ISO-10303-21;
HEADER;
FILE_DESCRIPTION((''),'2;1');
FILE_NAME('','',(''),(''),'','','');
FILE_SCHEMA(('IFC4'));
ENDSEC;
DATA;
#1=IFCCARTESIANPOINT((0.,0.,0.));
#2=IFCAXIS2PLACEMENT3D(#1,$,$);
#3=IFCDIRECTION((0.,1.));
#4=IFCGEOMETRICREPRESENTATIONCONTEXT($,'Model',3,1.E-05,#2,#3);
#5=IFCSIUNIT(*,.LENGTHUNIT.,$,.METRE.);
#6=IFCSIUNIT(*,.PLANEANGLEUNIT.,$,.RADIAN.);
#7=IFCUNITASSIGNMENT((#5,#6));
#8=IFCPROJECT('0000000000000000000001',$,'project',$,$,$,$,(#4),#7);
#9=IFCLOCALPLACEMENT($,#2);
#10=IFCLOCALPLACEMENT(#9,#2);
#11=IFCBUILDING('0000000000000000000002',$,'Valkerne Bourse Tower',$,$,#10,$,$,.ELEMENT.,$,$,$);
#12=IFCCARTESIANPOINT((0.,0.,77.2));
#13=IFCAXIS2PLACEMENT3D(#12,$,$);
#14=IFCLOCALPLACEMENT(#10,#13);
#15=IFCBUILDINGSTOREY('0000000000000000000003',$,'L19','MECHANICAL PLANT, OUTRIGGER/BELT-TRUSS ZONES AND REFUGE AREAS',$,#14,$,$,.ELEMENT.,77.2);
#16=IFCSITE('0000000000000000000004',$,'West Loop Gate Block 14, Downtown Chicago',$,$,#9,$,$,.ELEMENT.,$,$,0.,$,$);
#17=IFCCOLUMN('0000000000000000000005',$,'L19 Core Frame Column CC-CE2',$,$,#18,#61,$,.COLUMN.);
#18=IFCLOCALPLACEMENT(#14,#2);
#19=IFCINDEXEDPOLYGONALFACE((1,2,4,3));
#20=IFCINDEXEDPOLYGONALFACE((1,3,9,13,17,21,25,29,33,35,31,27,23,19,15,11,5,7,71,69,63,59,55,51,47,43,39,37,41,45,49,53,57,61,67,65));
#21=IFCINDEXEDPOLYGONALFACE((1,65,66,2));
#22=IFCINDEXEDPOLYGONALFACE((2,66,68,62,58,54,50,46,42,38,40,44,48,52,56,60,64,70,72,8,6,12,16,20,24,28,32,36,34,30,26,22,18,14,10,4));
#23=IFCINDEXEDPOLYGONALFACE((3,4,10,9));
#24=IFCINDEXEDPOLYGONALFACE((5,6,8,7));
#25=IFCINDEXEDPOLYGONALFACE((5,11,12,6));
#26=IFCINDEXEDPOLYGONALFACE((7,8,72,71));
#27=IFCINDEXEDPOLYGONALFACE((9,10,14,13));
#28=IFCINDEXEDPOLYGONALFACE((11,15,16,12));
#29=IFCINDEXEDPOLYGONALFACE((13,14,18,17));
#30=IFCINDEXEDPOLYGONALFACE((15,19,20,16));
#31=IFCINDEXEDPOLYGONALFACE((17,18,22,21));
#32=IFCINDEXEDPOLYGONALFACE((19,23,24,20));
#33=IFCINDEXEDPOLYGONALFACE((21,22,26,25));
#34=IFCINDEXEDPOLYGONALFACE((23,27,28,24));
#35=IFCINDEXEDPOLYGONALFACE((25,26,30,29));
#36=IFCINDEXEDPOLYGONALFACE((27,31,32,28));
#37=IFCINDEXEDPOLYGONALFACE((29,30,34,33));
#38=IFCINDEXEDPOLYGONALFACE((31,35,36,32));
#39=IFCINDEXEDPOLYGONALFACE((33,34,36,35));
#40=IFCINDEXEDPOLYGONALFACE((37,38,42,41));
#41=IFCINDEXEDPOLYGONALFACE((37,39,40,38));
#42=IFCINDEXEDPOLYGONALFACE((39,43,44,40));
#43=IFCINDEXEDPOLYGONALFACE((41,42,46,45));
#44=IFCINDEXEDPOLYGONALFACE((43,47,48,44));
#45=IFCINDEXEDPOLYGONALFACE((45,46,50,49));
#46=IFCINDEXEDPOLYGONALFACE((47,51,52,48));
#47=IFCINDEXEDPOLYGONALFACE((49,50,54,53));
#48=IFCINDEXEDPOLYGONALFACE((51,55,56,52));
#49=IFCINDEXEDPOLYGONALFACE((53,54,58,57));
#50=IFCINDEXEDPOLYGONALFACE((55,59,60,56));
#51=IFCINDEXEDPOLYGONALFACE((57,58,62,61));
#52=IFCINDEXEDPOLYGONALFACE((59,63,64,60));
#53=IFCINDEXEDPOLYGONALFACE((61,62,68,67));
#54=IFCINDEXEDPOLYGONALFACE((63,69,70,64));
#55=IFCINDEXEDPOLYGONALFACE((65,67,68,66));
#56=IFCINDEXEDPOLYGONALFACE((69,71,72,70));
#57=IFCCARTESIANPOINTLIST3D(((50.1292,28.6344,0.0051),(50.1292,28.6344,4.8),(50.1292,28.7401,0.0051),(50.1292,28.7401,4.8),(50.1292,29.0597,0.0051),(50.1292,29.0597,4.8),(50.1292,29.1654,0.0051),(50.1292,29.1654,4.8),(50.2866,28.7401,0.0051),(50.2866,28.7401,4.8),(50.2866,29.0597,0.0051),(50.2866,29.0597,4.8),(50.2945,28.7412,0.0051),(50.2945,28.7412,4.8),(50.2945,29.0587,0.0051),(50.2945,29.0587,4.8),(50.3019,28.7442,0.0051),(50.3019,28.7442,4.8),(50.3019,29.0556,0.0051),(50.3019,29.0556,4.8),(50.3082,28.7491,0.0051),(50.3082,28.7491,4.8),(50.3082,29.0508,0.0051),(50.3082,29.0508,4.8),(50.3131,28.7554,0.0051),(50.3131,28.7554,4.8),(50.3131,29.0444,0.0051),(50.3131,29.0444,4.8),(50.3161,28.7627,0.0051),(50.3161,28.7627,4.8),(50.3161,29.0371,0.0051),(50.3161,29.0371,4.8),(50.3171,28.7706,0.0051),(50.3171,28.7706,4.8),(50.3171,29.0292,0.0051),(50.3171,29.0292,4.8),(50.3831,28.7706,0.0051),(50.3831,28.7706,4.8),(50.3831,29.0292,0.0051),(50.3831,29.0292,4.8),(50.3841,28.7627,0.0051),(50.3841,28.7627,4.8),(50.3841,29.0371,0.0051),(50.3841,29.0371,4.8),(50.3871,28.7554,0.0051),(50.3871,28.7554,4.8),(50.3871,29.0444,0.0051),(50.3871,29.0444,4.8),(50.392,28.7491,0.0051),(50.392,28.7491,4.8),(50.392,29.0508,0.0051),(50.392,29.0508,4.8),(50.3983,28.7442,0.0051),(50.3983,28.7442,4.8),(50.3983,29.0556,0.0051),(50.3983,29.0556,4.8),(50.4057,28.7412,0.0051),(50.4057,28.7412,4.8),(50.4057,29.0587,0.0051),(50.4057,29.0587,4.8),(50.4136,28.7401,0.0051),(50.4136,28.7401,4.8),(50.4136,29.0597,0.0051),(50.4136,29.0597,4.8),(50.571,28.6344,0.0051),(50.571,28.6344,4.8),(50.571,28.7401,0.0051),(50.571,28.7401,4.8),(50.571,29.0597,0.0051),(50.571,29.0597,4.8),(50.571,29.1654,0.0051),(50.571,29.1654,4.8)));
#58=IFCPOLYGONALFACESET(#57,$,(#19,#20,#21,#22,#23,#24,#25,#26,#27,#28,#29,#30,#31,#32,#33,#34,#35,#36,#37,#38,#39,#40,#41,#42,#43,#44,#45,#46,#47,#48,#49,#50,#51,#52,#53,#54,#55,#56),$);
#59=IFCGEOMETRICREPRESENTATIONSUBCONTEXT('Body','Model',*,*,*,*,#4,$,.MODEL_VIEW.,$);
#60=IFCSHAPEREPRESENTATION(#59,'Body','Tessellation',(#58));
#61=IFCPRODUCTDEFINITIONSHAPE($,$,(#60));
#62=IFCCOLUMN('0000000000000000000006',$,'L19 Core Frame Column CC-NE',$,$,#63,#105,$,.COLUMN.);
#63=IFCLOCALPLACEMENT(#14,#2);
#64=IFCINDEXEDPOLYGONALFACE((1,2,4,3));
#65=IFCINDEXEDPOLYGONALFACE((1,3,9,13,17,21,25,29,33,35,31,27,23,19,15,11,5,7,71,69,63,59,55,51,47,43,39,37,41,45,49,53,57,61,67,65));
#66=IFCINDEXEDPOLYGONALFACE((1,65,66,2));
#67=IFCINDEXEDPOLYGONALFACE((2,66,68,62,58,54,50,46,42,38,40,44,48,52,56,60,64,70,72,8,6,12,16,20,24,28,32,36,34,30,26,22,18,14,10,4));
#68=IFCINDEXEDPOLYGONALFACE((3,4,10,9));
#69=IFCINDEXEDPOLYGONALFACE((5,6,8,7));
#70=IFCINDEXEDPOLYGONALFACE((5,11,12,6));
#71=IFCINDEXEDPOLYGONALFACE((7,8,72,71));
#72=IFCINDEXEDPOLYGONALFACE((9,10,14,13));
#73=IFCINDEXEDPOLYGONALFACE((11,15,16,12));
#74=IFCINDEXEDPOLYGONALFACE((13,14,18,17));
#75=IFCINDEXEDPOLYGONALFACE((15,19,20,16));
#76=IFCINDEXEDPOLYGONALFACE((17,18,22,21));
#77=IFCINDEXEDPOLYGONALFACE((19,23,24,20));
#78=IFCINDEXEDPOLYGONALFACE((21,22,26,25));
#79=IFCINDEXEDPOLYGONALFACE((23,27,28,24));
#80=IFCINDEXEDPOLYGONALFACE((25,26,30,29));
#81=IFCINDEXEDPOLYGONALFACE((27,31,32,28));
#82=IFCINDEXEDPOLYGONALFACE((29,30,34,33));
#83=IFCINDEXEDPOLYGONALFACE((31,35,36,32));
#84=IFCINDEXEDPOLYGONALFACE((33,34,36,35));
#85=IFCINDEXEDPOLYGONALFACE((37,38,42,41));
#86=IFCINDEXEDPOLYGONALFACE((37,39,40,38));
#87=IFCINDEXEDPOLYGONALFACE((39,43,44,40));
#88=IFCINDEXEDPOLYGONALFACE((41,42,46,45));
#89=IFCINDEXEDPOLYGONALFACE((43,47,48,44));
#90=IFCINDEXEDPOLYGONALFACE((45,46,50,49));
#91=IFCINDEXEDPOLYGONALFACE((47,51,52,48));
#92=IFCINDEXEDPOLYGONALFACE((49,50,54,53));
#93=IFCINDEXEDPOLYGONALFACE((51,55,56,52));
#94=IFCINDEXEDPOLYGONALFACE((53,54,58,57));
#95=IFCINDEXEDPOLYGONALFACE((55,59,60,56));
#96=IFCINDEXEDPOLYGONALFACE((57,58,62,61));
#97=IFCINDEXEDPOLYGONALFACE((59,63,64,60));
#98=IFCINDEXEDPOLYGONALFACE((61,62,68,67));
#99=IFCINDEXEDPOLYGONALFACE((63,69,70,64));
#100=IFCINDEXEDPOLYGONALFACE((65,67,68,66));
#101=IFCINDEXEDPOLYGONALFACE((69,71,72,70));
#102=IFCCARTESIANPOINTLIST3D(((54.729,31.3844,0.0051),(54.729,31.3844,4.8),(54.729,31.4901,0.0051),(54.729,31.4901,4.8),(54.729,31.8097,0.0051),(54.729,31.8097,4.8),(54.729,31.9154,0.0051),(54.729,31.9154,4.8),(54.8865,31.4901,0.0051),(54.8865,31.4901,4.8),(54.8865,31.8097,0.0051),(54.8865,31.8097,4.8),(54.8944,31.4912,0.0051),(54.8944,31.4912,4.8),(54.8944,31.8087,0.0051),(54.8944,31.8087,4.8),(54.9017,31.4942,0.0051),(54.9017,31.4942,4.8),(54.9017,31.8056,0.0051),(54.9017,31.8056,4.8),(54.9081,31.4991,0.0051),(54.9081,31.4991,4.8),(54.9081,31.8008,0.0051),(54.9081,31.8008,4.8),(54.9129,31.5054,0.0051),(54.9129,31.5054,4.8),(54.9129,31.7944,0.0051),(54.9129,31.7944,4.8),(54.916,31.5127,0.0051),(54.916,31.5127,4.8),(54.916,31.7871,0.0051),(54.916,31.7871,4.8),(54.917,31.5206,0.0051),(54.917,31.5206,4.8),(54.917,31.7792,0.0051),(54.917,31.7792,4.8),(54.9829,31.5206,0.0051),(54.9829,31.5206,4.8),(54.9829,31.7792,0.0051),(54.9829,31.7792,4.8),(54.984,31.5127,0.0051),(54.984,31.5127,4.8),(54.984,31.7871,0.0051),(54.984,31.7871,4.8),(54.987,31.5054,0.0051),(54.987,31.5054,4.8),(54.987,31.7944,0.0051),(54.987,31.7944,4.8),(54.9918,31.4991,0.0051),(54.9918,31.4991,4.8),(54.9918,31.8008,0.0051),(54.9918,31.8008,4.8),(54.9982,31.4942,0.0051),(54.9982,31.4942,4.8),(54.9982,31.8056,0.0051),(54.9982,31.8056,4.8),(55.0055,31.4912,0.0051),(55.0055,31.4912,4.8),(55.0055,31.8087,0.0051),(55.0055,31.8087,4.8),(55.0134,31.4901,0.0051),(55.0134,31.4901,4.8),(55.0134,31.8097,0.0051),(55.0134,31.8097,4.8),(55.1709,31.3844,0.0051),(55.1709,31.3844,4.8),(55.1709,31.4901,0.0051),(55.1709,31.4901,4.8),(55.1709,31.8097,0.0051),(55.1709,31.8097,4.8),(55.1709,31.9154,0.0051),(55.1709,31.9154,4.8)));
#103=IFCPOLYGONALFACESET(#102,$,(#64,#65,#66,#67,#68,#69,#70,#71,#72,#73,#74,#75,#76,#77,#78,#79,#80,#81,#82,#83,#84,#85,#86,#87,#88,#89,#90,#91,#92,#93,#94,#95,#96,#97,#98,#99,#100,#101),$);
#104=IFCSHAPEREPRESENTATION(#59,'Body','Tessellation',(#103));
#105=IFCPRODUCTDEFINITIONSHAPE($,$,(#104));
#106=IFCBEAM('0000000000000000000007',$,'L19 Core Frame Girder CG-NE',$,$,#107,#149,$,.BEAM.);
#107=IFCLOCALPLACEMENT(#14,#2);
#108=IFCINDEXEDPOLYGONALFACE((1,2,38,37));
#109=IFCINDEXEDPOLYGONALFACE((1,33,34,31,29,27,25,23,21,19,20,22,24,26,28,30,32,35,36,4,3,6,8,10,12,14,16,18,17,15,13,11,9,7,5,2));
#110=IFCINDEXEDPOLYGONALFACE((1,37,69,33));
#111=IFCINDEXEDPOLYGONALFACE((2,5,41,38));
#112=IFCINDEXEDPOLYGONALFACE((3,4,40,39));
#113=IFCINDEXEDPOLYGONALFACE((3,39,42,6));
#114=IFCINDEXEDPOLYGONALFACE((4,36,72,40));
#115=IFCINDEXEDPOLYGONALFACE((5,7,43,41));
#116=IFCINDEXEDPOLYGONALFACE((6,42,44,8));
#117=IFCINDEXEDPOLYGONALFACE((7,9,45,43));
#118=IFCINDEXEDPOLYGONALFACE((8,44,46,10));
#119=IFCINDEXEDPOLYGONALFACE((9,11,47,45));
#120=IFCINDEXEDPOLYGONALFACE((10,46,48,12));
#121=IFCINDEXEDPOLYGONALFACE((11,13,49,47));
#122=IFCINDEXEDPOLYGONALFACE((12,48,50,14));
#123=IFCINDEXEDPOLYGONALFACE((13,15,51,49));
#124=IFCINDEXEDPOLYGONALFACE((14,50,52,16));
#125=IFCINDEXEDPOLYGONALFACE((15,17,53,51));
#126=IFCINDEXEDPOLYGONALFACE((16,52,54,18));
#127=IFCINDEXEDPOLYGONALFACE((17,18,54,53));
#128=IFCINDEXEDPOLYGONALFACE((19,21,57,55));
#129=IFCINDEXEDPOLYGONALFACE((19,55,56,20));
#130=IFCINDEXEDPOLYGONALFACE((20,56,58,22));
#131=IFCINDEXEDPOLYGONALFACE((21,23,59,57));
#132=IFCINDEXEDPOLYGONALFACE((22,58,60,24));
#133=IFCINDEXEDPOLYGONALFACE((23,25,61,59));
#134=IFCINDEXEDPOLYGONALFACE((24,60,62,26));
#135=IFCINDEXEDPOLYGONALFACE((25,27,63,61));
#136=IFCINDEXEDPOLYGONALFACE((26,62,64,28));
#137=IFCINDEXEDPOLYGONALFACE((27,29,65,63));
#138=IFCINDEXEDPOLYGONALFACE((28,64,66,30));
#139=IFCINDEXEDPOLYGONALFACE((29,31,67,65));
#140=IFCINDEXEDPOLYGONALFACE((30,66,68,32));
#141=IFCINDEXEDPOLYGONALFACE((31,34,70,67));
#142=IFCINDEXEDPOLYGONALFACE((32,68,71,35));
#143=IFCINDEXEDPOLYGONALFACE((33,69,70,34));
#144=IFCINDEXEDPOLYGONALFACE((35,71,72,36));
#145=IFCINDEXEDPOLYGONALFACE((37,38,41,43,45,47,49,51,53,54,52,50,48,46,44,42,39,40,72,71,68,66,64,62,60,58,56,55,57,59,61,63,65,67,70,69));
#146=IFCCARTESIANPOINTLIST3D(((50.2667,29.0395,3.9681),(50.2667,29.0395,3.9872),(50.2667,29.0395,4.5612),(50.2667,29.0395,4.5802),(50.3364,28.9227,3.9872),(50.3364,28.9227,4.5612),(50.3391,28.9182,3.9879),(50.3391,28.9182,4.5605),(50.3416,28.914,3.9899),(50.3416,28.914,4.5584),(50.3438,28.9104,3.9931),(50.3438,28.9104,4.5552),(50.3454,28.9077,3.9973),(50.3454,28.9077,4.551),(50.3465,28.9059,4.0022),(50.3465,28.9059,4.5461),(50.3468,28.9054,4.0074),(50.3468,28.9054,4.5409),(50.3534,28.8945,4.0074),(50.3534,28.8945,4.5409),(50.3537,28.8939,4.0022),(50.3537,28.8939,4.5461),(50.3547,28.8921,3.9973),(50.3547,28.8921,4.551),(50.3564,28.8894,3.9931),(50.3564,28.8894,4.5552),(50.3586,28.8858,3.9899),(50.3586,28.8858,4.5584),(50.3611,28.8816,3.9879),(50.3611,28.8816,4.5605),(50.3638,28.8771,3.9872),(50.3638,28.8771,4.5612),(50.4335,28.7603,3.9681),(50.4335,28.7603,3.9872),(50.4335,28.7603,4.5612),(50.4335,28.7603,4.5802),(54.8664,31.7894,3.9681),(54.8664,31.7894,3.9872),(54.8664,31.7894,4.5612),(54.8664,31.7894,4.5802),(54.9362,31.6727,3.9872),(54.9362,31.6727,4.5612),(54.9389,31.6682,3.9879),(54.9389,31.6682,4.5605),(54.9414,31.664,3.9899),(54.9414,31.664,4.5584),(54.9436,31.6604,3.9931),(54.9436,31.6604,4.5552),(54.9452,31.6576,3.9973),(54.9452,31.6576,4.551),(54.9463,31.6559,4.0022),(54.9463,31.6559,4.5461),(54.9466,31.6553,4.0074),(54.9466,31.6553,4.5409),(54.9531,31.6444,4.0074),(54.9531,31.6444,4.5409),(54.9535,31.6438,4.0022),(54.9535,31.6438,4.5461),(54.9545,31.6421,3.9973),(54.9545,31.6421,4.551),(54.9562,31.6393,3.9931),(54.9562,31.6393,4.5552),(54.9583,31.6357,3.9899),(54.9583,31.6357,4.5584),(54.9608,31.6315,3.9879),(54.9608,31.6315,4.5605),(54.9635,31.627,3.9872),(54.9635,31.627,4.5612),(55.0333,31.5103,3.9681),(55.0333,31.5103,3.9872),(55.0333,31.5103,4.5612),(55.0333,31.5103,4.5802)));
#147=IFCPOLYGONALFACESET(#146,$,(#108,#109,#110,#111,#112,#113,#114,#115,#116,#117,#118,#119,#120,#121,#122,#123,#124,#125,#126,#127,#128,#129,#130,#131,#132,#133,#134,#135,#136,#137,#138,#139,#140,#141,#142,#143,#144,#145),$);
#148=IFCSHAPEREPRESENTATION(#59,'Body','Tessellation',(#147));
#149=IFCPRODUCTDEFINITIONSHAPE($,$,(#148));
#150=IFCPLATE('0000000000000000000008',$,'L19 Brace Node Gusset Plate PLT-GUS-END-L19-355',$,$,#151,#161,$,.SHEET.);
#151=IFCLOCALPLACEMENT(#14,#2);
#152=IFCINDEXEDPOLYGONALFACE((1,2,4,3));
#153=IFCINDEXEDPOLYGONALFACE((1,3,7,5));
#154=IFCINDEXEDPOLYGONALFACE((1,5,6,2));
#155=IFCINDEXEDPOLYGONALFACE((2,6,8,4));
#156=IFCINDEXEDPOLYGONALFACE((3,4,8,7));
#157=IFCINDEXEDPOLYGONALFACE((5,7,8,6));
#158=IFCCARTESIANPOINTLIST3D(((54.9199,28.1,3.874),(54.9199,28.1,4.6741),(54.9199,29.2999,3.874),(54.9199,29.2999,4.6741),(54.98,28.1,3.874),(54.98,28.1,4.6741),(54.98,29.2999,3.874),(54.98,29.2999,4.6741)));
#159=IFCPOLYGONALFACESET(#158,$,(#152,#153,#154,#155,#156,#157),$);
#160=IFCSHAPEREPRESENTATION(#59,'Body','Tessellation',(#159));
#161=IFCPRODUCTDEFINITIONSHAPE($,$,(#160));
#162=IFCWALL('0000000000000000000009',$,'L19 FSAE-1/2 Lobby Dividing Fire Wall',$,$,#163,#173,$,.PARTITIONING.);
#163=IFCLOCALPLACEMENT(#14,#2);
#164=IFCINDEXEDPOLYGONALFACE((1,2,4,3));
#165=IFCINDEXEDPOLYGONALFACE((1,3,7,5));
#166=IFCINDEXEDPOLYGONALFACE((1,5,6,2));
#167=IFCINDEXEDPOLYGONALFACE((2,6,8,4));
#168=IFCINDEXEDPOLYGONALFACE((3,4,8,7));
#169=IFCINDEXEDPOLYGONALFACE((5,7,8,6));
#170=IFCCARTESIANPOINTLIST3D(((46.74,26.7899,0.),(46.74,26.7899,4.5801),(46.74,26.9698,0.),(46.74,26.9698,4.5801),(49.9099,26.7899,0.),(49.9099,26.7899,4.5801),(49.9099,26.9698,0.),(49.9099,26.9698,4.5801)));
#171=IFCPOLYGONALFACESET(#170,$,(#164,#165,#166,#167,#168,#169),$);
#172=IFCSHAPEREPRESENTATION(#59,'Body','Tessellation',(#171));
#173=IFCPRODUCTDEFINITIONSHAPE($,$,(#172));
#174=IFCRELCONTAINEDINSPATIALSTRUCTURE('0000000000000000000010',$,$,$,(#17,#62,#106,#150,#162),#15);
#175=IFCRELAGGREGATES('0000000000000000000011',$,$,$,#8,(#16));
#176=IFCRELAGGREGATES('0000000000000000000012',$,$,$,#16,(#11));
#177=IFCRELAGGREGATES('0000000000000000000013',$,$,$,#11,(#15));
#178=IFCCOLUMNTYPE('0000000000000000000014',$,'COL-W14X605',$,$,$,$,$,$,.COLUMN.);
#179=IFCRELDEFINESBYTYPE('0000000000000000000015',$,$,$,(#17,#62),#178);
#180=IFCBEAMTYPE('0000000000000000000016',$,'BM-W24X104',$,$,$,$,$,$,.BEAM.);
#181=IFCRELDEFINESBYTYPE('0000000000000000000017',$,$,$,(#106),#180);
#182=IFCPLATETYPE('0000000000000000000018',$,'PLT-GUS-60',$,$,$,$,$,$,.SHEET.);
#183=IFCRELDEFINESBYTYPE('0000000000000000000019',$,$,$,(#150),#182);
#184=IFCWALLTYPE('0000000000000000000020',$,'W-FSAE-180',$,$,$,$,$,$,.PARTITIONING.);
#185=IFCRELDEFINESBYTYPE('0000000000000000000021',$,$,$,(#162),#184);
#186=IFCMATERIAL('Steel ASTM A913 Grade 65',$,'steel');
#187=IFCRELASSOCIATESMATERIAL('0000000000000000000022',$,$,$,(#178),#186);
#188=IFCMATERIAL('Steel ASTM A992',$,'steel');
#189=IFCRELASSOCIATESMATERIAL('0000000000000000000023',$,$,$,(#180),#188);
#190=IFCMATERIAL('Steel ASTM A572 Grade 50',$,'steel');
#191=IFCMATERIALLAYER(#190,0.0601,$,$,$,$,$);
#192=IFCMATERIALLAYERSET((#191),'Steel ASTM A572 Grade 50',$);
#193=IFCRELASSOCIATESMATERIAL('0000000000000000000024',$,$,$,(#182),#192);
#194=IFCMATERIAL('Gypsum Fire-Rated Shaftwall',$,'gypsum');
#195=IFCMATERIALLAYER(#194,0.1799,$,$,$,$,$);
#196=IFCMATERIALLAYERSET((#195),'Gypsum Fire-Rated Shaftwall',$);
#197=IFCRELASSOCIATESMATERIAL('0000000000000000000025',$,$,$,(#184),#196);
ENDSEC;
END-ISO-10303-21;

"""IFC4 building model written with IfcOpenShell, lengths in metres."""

from ifc_helpers import new_model, si_unit, direction, frame, frame_2d, origin, origin_2d, place, context, subcontext, project, spatial, rectangle, i_section, extrude, material, layer, layer_set, material_profile, profile_set, type_object, element, save


model = new_model("IFC4")

# Units and contexts
model_context = context("Model", 3, precision=1e-05, world=origin(), true_north=direction((0.0, 1.0)))
body_context = subcontext(model_context, "Body", "Model", "MODEL_VIEW")
ifc_project = project(units=[si_unit("LENGTHUNIT", "METRE"), si_unit("PLANEANGLEUNIT", "RADIAN")], contexts=[model_context])

# Site, building, storey
site_placement = place(None, origin())
site = spatial("IfcSite", under=ifc_project, at=site_placement, Name="West Loop Gate Block 14, Downtown Chicago", CompositionType="ELEMENT", RefElevation=0.0)
building_placement = place(site_placement, origin())
building = spatial("IfcBuilding", under=site, at=building_placement, Name="Valkerne Bourse Tower", CompositionType="ELEMENT")
storey_placement = place(building_placement, frame((0.0, 0.0, 77.2)))
storey = spatial("IfcBuildingStorey", under=building, at=storey_placement, Name="L19", Description="MECHANICAL PLANT, OUTRIGGER/BELT-TRUSS ZONES AND REFUGE AREAS", CompositionType="ELEMENT", Elevation=77.2)

# Columns
ifc_material_1 = material(Name="Steel ASTM A913 Grade 65", Category="steel")
ifc_material_profile_1 = material_profile(ifc_material_1, i_section(OverallWidth=0.4419, OverallDepth=0.531, WebThickness=0.0659, FlangeThickness=0.1057, FilletRadius=0.0305, at=origin_2d()), Name="W14X605")
ifc_profile_set_1 = profile_set([ifc_material_profile_1], Name="Steel ASTM A913 Grade 65")
column_type = type_object("IfcColumnType", Name="COL-W14X605", PredefinedType="COLUMN", material=ifc_profile_set_1)
for number, where, z_axis, x_axis, name in (
    (1, (50.3501, 28.8999, 0.0051), (0.0, 0.0, 1.0), (1.0, 0.0, 0.0), "L19 Core Frame Column CC-CE2"),
    (2, (54.95, 31.6499, 0.0051), (0.0, 0.0, 1.0), (1.0, 0.0, 0.0), "L19 Core Frame Column CC-NE"),
):
    element("IfcColumn", number, at=place(storey_placement, frame(where, z_axis=z_axis, x_axis=x_axis)), inside=storey, type_object=column_type, Name=name, PredefinedType="COLUMN", context=body_context, shape_type="SweptSolid", body=[
        extrude(i_section(OverallWidth=0.4419, OverallDepth=0.531, WebThickness=0.0659, FlangeThickness=0.1057, FilletRadius=0.0305, at=origin_2d()), origin(), (0.0, 0.0, 1.0), 4.7949),
    ])

# Beam
ifc_material_2 = material(Name="Steel ASTM A992", Category="steel")
ifc_material_profile_2 = material_profile(ifc_material_2, i_section(OverallWidth=0.3252, OverallDepth=0.6121, WebThickness=0.0127, FlangeThickness=0.019, FilletRadius=0.0203, at=origin_2d()), Name="W24X104")
ifc_profile_set_2 = profile_set([ifc_material_profile_2], Name="Steel ASTM A992")
beam_type = type_object("IfcBeamType", Name="BM-W24X104", PredefinedType="BEAM", material=ifc_profile_set_2)
beam_placement = place(storey_placement, frame((50.3501, 28.8999, 4.2742), z_axis=(0.858308, 0.513135, 0.0), x_axis=(-0.513135, 0.858308, 0.0)))
element("IfcBeam", 3, at=beam_placement, inside=storey, type_object=beam_type, Name="L19 Core Frame Girder CG-NE", PredefinedType="BEAM", context=body_context, shape_type="SweptSolid", body=[
    extrude(i_section(OverallWidth=0.3252, OverallDepth=0.6121, WebThickness=0.0127, FlangeThickness=0.019, FilletRadius=0.0203, at=origin_2d()), origin(), (0.0, 0.0, 1.0), 5.3591),
])

# Plate
ifc_material_3 = material(Name="Steel ASTM A572 Grade 50", Category="steel")
ifc_layer_1 = layer(ifc_material_3, 0.0601)
ifc_layer_set_1 = layer_set([ifc_layer_1], Name="Steel ASTM A572 Grade 50")
plate_type = type_object("IfcPlateType", Name="PLT-GUS-60", PredefinedType="SHEET", material=ifc_layer_set_1)
plate_placement = place(storey_placement, frame((54.95, 28.7, 3.874), z_axis=(0.0, 0.0, 1.0), x_axis=(0.0, 1.0, 0.0)))
element("IfcPlate", 4, at=plate_placement, inside=storey, type_object=plate_type, Name="L19 Brace Node Gusset Plate PLT-GUS-END-L19-355", PredefinedType="SHEET", context=body_context, shape_type="SweptSolid", body=[
    extrude(rectangle(XDim=1.2, YDim=0.0601, at=origin_2d()), origin(), (0.0, 0.0, 1.0), 0.8),
])

# Wall
ifc_material_4 = material(Name="Gypsum Fire-Rated Shaftwall", Category="gypsum")
ifc_layer_2 = layer(ifc_material_4, 0.1799)
ifc_layer_set_2 = layer_set([ifc_layer_2], Name="Gypsum Fire-Rated Shaftwall")
wall_type_1 = type_object("IfcWallType", Name="W-FSAE-180", PredefinedType="PARTITIONING", material=ifc_layer_set_2)
wall_1_placement = place(storey_placement, frame((46.74, 26.8799, 0.0), z_axis=(0.0, 0.0, 1.0), x_axis=(1.0, 0.0, 0.0)))
element("IfcWall", 5, at=wall_1_placement, inside=storey, type_object=wall_type_1, Name="L19 FSAE-1/2 Lobby Dividing Fire Wall", PredefinedType="PARTITIONING", context=body_context, shape_type="SweptSolid", body=[
    extrude(rectangle(XDim=3.1699, YDim=0.1799, at=frame_2d((1.585, 0.0))), origin(), (0.0, 0.0, 1.0), 4.5801),
])

save(model, "model.ifc")
